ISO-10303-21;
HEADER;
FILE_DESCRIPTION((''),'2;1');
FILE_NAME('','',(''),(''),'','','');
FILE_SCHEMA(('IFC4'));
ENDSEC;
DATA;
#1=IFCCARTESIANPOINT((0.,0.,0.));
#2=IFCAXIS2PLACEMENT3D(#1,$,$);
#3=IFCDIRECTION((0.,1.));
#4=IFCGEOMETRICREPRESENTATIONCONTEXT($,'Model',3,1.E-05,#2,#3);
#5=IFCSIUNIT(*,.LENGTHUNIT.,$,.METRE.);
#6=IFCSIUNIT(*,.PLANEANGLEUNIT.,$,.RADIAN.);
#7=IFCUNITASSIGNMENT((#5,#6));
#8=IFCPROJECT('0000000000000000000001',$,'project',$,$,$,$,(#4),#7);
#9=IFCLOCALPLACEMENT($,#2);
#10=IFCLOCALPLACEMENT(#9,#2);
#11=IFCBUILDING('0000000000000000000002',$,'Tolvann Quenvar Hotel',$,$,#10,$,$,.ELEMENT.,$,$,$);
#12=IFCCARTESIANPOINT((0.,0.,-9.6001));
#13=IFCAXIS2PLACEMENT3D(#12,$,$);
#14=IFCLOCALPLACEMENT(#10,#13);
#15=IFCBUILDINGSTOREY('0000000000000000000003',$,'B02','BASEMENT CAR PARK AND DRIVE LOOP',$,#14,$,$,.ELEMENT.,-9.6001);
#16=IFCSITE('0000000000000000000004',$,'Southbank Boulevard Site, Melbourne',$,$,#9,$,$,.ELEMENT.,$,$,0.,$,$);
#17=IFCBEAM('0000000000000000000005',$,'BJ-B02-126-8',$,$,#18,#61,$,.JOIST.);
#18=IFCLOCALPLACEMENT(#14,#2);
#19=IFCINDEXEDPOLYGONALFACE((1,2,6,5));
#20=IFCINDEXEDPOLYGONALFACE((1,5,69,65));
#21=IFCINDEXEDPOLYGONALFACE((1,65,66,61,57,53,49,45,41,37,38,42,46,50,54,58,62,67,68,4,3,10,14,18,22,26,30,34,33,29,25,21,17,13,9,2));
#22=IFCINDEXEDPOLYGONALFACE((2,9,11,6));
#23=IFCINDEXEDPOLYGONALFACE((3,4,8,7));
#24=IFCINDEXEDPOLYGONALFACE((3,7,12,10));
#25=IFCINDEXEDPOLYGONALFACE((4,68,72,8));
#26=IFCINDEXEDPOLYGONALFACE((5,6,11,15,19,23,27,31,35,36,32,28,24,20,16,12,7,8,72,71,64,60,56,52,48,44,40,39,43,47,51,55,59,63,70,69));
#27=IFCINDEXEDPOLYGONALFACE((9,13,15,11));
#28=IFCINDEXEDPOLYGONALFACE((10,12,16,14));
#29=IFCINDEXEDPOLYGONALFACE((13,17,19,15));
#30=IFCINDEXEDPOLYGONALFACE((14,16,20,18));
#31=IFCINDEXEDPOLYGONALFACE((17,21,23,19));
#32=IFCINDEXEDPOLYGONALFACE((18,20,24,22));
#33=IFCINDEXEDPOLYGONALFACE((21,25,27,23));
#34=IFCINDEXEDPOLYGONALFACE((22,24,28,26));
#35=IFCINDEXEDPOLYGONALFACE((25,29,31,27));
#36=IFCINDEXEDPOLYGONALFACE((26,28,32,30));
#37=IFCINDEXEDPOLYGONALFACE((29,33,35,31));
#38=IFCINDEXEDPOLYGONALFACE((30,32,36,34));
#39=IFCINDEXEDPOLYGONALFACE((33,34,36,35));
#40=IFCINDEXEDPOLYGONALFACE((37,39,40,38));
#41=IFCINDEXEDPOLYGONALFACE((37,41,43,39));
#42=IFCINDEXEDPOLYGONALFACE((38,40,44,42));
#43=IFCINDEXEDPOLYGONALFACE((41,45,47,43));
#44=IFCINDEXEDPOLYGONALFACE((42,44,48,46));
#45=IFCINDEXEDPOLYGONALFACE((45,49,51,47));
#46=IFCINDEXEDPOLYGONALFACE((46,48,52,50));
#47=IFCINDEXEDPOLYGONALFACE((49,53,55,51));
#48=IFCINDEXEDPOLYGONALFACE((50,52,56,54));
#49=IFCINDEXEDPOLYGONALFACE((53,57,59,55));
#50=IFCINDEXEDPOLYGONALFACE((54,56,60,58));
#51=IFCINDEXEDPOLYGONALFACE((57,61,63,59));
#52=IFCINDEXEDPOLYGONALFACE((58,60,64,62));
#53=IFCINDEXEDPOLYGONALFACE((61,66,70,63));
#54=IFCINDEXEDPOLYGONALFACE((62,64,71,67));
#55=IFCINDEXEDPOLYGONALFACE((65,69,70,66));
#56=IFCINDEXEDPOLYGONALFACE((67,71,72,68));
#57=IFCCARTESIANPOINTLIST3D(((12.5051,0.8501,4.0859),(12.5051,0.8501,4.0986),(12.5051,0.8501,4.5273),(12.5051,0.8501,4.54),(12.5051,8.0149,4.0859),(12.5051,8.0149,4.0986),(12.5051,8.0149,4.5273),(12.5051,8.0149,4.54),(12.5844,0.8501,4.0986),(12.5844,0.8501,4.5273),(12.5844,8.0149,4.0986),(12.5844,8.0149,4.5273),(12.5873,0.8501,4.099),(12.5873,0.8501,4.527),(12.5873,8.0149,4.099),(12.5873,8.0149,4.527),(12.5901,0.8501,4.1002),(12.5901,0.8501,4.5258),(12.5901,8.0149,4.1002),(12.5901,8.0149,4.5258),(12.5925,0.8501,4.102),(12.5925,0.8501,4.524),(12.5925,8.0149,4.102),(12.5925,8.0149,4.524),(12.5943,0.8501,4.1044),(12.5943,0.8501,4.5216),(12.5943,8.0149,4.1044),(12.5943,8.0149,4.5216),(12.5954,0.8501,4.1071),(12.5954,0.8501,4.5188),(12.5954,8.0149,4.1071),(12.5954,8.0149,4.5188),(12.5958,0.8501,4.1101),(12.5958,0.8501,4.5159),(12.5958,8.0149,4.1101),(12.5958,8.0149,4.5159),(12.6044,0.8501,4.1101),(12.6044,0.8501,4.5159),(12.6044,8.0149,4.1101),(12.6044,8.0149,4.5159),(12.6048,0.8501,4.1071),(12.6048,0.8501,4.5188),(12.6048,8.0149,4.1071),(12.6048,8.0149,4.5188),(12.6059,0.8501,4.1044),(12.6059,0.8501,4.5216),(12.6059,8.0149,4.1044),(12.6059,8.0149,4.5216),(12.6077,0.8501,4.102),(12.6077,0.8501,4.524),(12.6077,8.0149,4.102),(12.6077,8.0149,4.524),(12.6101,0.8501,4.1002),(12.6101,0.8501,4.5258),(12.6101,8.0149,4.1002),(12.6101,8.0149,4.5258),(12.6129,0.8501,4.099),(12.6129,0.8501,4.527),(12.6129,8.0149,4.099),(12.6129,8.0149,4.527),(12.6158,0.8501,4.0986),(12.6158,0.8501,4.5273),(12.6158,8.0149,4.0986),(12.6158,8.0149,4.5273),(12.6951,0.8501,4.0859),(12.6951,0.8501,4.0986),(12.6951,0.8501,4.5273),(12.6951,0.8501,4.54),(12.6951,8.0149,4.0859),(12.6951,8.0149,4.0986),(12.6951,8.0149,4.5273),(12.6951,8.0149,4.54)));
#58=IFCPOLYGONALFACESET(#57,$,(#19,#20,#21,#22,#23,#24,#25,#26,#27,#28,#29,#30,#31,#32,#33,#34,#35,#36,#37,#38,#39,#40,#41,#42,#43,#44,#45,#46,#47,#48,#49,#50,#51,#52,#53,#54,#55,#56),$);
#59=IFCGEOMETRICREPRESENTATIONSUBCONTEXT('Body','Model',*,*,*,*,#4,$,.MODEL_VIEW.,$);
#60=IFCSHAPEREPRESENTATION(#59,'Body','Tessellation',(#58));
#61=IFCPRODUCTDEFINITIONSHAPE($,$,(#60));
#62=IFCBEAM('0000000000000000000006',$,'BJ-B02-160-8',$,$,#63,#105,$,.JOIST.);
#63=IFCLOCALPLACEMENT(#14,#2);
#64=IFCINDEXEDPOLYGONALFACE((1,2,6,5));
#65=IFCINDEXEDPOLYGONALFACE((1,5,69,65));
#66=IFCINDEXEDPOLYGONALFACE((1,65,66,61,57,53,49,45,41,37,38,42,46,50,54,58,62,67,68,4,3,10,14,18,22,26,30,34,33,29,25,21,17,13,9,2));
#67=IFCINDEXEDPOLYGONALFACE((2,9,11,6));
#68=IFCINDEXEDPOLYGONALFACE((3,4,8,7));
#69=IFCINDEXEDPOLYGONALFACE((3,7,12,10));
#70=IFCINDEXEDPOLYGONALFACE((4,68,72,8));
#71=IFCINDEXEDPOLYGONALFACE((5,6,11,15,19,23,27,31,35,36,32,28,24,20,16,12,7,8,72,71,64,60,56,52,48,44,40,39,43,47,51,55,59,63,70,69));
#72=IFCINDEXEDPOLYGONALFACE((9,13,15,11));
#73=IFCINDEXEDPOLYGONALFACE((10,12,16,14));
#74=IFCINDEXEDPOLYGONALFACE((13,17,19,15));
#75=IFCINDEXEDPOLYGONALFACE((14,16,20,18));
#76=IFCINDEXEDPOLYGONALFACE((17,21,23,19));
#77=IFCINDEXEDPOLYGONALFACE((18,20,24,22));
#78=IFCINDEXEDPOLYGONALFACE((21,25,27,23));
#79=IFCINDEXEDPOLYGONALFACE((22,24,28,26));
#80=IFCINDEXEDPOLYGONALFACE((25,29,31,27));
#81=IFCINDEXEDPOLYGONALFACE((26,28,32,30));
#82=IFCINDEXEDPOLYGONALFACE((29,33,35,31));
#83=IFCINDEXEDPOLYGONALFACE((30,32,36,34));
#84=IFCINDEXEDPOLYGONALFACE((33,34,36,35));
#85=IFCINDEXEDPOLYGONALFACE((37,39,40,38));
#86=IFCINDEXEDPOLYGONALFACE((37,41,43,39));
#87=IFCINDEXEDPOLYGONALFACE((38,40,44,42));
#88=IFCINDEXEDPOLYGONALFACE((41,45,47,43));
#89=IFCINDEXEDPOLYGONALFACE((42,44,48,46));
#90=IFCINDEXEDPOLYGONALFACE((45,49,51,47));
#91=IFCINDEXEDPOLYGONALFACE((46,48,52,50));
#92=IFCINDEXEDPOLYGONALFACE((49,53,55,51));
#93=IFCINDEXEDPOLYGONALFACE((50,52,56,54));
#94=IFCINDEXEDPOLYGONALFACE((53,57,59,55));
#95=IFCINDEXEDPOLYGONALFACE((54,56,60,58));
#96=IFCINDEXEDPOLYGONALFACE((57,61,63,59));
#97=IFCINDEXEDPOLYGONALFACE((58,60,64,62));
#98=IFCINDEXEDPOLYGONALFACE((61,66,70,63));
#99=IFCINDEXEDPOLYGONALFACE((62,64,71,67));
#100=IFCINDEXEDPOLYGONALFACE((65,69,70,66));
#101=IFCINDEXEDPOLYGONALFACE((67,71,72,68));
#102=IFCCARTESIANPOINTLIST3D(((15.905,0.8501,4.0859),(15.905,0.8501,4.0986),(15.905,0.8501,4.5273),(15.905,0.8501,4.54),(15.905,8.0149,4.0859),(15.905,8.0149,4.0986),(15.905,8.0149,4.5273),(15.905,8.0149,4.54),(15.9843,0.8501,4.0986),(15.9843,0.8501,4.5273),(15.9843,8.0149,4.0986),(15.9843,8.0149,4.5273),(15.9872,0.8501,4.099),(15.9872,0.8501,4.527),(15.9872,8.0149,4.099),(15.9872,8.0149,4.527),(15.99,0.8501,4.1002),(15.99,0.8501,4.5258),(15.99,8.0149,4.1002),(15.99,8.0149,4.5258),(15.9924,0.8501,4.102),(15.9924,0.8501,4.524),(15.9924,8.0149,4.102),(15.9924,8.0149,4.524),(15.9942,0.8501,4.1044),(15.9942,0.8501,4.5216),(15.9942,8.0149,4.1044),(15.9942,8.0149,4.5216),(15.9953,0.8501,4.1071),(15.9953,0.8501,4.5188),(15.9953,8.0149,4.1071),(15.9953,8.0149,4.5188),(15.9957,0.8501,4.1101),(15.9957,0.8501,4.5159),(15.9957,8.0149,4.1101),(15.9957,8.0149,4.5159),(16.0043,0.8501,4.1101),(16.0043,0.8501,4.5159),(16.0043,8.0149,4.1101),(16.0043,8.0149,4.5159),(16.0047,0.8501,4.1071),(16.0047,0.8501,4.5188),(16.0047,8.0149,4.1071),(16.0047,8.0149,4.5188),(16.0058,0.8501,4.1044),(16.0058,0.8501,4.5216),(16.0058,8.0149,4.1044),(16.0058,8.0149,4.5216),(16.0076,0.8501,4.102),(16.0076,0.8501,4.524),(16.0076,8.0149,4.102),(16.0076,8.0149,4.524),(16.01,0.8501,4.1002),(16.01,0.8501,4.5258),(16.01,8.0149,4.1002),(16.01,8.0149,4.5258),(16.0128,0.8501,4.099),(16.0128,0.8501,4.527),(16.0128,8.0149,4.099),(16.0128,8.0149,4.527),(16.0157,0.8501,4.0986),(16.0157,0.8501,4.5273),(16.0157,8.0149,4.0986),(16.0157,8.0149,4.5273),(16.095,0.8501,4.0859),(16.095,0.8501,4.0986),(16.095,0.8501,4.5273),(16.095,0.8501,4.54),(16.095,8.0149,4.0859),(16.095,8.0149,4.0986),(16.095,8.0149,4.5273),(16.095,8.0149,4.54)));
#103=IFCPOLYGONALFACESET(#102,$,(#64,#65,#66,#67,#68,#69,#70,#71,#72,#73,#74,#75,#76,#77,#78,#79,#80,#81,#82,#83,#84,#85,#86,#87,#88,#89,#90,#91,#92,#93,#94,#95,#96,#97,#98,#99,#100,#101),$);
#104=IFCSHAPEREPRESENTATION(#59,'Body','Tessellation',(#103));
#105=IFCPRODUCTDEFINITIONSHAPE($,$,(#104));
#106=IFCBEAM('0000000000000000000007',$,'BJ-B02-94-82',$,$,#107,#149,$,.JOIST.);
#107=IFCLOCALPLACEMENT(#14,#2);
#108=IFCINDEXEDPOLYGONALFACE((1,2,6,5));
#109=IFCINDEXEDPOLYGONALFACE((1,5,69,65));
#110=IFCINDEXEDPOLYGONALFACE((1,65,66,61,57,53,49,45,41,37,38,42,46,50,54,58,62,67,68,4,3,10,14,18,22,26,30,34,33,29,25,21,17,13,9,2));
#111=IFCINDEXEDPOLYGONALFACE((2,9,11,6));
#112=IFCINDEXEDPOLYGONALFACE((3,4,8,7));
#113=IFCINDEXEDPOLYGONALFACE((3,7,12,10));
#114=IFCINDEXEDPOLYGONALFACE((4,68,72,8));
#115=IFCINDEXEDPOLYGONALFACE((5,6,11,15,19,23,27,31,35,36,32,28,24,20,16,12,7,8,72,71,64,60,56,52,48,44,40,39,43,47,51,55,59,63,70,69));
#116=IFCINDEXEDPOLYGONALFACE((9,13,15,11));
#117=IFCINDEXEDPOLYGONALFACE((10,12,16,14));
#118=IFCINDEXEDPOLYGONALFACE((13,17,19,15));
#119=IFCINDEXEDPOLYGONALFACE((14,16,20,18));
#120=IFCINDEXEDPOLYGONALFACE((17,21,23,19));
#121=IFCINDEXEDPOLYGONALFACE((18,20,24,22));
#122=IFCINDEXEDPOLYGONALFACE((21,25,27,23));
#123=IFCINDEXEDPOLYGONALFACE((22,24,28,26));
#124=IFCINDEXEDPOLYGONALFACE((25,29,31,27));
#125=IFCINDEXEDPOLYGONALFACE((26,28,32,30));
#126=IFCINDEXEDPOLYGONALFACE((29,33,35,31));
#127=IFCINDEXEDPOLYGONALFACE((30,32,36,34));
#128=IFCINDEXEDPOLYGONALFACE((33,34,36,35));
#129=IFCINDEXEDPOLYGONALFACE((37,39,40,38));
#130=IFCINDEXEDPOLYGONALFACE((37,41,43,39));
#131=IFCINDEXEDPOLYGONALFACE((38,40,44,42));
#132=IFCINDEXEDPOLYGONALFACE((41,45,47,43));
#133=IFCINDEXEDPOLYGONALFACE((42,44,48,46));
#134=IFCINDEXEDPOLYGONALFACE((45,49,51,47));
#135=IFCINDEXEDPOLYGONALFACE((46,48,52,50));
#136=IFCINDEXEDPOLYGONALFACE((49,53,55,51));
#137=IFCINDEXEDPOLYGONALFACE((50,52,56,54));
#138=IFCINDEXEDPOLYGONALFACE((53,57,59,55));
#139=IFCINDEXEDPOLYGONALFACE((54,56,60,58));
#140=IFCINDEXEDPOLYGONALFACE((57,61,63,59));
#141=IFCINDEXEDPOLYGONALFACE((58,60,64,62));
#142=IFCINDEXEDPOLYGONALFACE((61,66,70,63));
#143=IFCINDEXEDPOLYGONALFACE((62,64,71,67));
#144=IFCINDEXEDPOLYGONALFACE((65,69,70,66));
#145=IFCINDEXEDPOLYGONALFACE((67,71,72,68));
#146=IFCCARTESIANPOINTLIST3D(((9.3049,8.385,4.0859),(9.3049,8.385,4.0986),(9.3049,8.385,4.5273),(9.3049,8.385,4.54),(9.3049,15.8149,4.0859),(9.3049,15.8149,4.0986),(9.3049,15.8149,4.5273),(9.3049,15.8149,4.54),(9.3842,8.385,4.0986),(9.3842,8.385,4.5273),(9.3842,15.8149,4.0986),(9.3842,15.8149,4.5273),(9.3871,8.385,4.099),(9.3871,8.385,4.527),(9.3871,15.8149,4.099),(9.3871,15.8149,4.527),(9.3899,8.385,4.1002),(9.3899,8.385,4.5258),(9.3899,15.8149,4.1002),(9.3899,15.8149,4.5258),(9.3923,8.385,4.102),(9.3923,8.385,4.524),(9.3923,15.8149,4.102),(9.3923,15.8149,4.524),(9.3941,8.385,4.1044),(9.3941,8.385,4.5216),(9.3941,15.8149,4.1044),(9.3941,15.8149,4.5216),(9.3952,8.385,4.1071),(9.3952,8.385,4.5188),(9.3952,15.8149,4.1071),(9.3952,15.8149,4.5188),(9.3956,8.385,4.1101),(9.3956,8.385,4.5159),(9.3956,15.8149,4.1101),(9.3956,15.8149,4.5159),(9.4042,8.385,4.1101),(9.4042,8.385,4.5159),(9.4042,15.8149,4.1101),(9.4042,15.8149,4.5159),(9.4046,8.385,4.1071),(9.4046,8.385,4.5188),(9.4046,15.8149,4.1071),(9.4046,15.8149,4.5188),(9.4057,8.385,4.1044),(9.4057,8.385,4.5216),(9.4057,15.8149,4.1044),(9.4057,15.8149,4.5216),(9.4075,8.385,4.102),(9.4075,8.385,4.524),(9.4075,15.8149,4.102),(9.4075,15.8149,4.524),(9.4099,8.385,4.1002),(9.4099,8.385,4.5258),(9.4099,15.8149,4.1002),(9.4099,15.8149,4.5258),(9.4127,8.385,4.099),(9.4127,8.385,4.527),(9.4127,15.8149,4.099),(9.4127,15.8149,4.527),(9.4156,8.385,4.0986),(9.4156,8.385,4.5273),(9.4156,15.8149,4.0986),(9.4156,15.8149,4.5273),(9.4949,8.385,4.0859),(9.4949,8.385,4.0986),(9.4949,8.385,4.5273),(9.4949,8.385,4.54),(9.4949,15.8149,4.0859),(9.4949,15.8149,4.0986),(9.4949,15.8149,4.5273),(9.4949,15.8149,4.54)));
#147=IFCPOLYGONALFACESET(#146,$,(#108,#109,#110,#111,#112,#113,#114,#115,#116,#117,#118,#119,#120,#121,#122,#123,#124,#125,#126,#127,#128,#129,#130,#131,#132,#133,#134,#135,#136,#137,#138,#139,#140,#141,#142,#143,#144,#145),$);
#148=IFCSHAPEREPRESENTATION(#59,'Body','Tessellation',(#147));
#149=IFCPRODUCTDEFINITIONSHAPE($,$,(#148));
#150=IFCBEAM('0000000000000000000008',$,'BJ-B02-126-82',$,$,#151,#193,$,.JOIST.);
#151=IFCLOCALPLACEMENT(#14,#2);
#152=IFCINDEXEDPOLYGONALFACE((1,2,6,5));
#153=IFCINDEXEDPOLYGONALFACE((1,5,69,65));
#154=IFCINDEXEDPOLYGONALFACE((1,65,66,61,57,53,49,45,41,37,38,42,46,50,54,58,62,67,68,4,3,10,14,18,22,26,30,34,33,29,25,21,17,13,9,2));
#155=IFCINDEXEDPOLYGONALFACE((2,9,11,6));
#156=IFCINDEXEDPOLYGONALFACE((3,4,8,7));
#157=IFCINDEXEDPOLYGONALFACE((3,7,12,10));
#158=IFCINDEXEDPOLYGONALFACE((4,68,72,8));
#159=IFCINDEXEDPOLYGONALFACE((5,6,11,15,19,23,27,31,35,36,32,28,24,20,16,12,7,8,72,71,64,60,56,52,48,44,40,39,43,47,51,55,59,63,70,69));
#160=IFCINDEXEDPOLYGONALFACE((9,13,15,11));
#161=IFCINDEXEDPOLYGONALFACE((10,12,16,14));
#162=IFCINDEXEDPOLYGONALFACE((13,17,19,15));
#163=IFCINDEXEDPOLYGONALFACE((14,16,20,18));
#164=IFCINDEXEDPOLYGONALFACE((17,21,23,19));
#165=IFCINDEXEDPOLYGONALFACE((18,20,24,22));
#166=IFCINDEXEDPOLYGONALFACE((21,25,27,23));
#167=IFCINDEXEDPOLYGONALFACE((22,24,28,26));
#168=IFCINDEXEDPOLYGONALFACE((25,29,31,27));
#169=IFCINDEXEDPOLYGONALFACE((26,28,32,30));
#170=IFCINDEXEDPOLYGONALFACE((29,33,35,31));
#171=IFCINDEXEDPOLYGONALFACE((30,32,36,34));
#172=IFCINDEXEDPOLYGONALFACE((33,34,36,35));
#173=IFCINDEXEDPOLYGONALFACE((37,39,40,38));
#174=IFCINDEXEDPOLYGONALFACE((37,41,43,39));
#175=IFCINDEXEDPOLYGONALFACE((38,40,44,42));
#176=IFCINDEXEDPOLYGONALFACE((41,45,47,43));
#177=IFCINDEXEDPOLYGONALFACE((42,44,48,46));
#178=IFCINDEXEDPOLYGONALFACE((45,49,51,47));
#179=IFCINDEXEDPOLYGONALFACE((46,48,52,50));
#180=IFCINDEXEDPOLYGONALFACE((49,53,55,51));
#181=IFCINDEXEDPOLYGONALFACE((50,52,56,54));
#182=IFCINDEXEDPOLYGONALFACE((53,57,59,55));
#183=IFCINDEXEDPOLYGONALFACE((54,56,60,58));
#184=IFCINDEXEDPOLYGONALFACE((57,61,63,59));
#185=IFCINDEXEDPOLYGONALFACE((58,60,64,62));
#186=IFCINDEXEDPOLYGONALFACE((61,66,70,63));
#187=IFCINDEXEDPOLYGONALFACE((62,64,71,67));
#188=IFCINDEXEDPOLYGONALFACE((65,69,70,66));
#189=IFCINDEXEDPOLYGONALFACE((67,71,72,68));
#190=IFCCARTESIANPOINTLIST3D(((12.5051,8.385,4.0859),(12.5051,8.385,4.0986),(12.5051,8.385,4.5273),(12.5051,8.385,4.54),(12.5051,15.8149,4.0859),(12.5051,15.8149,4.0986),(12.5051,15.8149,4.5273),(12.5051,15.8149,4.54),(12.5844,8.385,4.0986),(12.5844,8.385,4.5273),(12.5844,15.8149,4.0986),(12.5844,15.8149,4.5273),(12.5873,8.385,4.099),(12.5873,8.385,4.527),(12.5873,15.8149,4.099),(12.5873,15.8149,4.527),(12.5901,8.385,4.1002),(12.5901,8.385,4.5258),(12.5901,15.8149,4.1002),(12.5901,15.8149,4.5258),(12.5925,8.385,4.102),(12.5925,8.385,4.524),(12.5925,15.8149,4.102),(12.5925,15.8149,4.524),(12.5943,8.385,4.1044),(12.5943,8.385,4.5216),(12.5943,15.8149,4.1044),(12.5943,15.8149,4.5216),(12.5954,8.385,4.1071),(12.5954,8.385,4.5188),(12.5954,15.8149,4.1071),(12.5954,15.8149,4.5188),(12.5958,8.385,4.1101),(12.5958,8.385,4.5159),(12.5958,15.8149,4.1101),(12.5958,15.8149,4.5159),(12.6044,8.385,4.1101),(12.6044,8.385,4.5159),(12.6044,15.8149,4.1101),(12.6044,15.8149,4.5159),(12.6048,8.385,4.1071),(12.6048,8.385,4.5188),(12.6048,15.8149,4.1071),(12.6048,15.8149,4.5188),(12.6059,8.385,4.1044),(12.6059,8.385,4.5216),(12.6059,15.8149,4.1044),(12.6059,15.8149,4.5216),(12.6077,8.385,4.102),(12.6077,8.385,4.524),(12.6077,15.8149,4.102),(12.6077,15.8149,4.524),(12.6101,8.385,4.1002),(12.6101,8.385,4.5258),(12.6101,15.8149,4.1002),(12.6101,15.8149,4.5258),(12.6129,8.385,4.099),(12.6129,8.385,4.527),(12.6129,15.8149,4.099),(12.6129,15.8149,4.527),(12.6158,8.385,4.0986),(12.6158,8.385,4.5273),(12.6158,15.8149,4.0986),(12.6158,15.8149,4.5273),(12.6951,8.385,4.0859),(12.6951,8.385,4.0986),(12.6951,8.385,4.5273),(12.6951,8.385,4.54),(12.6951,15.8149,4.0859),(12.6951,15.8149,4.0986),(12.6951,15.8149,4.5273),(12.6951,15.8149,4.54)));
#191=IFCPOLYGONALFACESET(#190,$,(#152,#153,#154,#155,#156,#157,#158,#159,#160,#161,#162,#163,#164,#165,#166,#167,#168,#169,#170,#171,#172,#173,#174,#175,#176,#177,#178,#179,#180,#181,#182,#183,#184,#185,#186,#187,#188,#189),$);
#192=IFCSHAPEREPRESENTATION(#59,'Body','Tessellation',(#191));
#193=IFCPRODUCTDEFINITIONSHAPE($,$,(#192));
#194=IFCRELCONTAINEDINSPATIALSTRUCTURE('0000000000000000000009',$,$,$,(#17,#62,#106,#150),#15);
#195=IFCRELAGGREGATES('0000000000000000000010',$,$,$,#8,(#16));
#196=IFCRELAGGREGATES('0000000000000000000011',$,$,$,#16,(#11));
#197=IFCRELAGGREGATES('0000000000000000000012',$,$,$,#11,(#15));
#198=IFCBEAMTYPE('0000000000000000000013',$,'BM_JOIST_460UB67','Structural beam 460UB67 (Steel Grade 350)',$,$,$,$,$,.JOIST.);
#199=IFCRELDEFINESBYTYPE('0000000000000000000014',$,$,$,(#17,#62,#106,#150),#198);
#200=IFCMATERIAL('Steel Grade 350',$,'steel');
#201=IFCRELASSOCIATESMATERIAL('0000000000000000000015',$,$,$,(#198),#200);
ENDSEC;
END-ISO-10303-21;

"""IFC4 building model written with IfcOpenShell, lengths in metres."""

from ifc_helpers import new_model, si_unit, direction, frame, origin, origin_2d, place, context, subcontext, project, spatial, i_section, extrude, source, transform, mapped, material, material_profile, profile_set, type_object, element, save


model = new_model("IFC4")

# Units and contexts
model_context = context("Model", 3, precision=1e-05, world=origin(), true_north=direction((0.0, 1.0)))
body_context = subcontext(model_context, "Body", "Model", "MODEL_VIEW")
ifc_project = project(units=[si_unit("LENGTHUNIT", "METRE"), si_unit("PLANEANGLEUNIT", "RADIAN")], contexts=[model_context])

# Site, building, storey
site_placement = place(None, origin())
site = spatial("IfcSite", under=ifc_project, at=site_placement, Name="Southbank Boulevard Site, Melbourne", CompositionType="ELEMENT", RefElevation=0.0)
building_placement = place(site_placement, origin())
building = spatial("IfcBuilding", under=site, at=building_placement, Name="Tolvann Quenvar Hotel", CompositionType="ELEMENT")
storey_placement = place(building_placement, frame((0.0, 0.0, -9.6001)))
storey = spatial("IfcBuildingStorey", under=building, at=storey_placement, Name="B02", Description="BASEMENT CAR PARK AND DRIVE LOOP", CompositionType="ELEMENT", Elevation=-9.6001)

# Beams
ifc_material_1 = material(Name="Steel Grade 350", Category="steel")
ifc_material_profile_1 = material_profile(ifc_material_1, i_section(OverallWidth=0.1899, OverallDepth=0.4541, WebThickness=0.0085, FlangeThickness=0.0127, FilletRadius=0.0115, at=origin_2d()), Name="460UB67")
ifc_profile_set_1 = profile_set([ifc_material_profile_1], Name="Steel Grade 350")
beam_type_1 = type_object("IfcBeamType", Name="BM_JOIST_460UB67", Description="Structural beam 460UB67 (Steel Grade 350)", PredefinedType="JOIST", material=ifc_profile_set_1)
shared_shape_1 = source(origin(), body_context, "Body", "SweptSolid", [
    extrude(i_section(OverallWidth=0.1899, OverallDepth=0.4541, WebThickness=0.0085, FlangeThickness=0.0127, FilletRadius=0.0115, at=origin_2d()), origin(), (0.0, 0.0, 1.0), 7.1648),
])
for number, where, z_axis, x_axis, name in (
    (1, (12.6001, 0.8501, 4.313), (0.0, 1.0, 0.0), (-1.0, 0.0, 0.0), "BJ-B02-126-8"),
    (2, (16.0, 0.8501, 4.313), (0.0, 1.0, 0.0), (-1.0, 0.0, 0.0), "BJ-B02-160-8"),
):
    element("IfcBeam", number, at=place(storey_placement, frame(where, z_axis=z_axis, x_axis=x_axis)), inside=storey, type_object=beam_type_1, Name=name, PredefinedType="JOIST", context=body_context, shape_type="MappedRepresentation", body=[
        mapped(shared_shape_1, transform((0.0, 0.0, 0.0), x_axis=(1.0, 0.0, 0.0), y_axis=(0.0, 1.0, 0.0), z_axis=(0.0, 0.0, 1.0), scale=1.0)),
    ])
shared_shape_2 = source(origin(), body_context, "Body", "SweptSolid", [
    extrude(i_section(OverallWidth=0.1899, OverallDepth=0.4541, WebThickness=0.0085, FlangeThickness=0.0127, FilletRadius=0.0115, at=origin_2d()), origin(), (0.0, 0.0, 1.0), 7.4299),
])
for number, where, z_axis, x_axis, name in (
    (3, (9.3999, 8.385, 4.313), (0.0, 1.0, 0.0), (-1.0, 0.0, 0.0), "BJ-B02-94-82"),
    (4, (12.6001, 8.385, 4.313), (0.0, 1.0, 0.0), (-1.0, 0.0, 0.0), "BJ-B02-126-82"),
):
    element("IfcBeam", number, at=place(storey_placement, frame(where, z_axis=z_axis, x_axis=x_axis)), inside=storey, type_object=beam_type_1, Name=name, PredefinedType="JOIST", context=body_context, shape_type="MappedRepresentation", body=[
        mapped(shared_shape_2, transform((0.0, 0.0, 0.0), x_axis=(1.0, 0.0, 0.0), y_axis=(0.0, 1.0, 0.0), z_axis=(0.0, 0.0, 1.0), scale=1.0)),
    ])

save(model, "model.ifc")
